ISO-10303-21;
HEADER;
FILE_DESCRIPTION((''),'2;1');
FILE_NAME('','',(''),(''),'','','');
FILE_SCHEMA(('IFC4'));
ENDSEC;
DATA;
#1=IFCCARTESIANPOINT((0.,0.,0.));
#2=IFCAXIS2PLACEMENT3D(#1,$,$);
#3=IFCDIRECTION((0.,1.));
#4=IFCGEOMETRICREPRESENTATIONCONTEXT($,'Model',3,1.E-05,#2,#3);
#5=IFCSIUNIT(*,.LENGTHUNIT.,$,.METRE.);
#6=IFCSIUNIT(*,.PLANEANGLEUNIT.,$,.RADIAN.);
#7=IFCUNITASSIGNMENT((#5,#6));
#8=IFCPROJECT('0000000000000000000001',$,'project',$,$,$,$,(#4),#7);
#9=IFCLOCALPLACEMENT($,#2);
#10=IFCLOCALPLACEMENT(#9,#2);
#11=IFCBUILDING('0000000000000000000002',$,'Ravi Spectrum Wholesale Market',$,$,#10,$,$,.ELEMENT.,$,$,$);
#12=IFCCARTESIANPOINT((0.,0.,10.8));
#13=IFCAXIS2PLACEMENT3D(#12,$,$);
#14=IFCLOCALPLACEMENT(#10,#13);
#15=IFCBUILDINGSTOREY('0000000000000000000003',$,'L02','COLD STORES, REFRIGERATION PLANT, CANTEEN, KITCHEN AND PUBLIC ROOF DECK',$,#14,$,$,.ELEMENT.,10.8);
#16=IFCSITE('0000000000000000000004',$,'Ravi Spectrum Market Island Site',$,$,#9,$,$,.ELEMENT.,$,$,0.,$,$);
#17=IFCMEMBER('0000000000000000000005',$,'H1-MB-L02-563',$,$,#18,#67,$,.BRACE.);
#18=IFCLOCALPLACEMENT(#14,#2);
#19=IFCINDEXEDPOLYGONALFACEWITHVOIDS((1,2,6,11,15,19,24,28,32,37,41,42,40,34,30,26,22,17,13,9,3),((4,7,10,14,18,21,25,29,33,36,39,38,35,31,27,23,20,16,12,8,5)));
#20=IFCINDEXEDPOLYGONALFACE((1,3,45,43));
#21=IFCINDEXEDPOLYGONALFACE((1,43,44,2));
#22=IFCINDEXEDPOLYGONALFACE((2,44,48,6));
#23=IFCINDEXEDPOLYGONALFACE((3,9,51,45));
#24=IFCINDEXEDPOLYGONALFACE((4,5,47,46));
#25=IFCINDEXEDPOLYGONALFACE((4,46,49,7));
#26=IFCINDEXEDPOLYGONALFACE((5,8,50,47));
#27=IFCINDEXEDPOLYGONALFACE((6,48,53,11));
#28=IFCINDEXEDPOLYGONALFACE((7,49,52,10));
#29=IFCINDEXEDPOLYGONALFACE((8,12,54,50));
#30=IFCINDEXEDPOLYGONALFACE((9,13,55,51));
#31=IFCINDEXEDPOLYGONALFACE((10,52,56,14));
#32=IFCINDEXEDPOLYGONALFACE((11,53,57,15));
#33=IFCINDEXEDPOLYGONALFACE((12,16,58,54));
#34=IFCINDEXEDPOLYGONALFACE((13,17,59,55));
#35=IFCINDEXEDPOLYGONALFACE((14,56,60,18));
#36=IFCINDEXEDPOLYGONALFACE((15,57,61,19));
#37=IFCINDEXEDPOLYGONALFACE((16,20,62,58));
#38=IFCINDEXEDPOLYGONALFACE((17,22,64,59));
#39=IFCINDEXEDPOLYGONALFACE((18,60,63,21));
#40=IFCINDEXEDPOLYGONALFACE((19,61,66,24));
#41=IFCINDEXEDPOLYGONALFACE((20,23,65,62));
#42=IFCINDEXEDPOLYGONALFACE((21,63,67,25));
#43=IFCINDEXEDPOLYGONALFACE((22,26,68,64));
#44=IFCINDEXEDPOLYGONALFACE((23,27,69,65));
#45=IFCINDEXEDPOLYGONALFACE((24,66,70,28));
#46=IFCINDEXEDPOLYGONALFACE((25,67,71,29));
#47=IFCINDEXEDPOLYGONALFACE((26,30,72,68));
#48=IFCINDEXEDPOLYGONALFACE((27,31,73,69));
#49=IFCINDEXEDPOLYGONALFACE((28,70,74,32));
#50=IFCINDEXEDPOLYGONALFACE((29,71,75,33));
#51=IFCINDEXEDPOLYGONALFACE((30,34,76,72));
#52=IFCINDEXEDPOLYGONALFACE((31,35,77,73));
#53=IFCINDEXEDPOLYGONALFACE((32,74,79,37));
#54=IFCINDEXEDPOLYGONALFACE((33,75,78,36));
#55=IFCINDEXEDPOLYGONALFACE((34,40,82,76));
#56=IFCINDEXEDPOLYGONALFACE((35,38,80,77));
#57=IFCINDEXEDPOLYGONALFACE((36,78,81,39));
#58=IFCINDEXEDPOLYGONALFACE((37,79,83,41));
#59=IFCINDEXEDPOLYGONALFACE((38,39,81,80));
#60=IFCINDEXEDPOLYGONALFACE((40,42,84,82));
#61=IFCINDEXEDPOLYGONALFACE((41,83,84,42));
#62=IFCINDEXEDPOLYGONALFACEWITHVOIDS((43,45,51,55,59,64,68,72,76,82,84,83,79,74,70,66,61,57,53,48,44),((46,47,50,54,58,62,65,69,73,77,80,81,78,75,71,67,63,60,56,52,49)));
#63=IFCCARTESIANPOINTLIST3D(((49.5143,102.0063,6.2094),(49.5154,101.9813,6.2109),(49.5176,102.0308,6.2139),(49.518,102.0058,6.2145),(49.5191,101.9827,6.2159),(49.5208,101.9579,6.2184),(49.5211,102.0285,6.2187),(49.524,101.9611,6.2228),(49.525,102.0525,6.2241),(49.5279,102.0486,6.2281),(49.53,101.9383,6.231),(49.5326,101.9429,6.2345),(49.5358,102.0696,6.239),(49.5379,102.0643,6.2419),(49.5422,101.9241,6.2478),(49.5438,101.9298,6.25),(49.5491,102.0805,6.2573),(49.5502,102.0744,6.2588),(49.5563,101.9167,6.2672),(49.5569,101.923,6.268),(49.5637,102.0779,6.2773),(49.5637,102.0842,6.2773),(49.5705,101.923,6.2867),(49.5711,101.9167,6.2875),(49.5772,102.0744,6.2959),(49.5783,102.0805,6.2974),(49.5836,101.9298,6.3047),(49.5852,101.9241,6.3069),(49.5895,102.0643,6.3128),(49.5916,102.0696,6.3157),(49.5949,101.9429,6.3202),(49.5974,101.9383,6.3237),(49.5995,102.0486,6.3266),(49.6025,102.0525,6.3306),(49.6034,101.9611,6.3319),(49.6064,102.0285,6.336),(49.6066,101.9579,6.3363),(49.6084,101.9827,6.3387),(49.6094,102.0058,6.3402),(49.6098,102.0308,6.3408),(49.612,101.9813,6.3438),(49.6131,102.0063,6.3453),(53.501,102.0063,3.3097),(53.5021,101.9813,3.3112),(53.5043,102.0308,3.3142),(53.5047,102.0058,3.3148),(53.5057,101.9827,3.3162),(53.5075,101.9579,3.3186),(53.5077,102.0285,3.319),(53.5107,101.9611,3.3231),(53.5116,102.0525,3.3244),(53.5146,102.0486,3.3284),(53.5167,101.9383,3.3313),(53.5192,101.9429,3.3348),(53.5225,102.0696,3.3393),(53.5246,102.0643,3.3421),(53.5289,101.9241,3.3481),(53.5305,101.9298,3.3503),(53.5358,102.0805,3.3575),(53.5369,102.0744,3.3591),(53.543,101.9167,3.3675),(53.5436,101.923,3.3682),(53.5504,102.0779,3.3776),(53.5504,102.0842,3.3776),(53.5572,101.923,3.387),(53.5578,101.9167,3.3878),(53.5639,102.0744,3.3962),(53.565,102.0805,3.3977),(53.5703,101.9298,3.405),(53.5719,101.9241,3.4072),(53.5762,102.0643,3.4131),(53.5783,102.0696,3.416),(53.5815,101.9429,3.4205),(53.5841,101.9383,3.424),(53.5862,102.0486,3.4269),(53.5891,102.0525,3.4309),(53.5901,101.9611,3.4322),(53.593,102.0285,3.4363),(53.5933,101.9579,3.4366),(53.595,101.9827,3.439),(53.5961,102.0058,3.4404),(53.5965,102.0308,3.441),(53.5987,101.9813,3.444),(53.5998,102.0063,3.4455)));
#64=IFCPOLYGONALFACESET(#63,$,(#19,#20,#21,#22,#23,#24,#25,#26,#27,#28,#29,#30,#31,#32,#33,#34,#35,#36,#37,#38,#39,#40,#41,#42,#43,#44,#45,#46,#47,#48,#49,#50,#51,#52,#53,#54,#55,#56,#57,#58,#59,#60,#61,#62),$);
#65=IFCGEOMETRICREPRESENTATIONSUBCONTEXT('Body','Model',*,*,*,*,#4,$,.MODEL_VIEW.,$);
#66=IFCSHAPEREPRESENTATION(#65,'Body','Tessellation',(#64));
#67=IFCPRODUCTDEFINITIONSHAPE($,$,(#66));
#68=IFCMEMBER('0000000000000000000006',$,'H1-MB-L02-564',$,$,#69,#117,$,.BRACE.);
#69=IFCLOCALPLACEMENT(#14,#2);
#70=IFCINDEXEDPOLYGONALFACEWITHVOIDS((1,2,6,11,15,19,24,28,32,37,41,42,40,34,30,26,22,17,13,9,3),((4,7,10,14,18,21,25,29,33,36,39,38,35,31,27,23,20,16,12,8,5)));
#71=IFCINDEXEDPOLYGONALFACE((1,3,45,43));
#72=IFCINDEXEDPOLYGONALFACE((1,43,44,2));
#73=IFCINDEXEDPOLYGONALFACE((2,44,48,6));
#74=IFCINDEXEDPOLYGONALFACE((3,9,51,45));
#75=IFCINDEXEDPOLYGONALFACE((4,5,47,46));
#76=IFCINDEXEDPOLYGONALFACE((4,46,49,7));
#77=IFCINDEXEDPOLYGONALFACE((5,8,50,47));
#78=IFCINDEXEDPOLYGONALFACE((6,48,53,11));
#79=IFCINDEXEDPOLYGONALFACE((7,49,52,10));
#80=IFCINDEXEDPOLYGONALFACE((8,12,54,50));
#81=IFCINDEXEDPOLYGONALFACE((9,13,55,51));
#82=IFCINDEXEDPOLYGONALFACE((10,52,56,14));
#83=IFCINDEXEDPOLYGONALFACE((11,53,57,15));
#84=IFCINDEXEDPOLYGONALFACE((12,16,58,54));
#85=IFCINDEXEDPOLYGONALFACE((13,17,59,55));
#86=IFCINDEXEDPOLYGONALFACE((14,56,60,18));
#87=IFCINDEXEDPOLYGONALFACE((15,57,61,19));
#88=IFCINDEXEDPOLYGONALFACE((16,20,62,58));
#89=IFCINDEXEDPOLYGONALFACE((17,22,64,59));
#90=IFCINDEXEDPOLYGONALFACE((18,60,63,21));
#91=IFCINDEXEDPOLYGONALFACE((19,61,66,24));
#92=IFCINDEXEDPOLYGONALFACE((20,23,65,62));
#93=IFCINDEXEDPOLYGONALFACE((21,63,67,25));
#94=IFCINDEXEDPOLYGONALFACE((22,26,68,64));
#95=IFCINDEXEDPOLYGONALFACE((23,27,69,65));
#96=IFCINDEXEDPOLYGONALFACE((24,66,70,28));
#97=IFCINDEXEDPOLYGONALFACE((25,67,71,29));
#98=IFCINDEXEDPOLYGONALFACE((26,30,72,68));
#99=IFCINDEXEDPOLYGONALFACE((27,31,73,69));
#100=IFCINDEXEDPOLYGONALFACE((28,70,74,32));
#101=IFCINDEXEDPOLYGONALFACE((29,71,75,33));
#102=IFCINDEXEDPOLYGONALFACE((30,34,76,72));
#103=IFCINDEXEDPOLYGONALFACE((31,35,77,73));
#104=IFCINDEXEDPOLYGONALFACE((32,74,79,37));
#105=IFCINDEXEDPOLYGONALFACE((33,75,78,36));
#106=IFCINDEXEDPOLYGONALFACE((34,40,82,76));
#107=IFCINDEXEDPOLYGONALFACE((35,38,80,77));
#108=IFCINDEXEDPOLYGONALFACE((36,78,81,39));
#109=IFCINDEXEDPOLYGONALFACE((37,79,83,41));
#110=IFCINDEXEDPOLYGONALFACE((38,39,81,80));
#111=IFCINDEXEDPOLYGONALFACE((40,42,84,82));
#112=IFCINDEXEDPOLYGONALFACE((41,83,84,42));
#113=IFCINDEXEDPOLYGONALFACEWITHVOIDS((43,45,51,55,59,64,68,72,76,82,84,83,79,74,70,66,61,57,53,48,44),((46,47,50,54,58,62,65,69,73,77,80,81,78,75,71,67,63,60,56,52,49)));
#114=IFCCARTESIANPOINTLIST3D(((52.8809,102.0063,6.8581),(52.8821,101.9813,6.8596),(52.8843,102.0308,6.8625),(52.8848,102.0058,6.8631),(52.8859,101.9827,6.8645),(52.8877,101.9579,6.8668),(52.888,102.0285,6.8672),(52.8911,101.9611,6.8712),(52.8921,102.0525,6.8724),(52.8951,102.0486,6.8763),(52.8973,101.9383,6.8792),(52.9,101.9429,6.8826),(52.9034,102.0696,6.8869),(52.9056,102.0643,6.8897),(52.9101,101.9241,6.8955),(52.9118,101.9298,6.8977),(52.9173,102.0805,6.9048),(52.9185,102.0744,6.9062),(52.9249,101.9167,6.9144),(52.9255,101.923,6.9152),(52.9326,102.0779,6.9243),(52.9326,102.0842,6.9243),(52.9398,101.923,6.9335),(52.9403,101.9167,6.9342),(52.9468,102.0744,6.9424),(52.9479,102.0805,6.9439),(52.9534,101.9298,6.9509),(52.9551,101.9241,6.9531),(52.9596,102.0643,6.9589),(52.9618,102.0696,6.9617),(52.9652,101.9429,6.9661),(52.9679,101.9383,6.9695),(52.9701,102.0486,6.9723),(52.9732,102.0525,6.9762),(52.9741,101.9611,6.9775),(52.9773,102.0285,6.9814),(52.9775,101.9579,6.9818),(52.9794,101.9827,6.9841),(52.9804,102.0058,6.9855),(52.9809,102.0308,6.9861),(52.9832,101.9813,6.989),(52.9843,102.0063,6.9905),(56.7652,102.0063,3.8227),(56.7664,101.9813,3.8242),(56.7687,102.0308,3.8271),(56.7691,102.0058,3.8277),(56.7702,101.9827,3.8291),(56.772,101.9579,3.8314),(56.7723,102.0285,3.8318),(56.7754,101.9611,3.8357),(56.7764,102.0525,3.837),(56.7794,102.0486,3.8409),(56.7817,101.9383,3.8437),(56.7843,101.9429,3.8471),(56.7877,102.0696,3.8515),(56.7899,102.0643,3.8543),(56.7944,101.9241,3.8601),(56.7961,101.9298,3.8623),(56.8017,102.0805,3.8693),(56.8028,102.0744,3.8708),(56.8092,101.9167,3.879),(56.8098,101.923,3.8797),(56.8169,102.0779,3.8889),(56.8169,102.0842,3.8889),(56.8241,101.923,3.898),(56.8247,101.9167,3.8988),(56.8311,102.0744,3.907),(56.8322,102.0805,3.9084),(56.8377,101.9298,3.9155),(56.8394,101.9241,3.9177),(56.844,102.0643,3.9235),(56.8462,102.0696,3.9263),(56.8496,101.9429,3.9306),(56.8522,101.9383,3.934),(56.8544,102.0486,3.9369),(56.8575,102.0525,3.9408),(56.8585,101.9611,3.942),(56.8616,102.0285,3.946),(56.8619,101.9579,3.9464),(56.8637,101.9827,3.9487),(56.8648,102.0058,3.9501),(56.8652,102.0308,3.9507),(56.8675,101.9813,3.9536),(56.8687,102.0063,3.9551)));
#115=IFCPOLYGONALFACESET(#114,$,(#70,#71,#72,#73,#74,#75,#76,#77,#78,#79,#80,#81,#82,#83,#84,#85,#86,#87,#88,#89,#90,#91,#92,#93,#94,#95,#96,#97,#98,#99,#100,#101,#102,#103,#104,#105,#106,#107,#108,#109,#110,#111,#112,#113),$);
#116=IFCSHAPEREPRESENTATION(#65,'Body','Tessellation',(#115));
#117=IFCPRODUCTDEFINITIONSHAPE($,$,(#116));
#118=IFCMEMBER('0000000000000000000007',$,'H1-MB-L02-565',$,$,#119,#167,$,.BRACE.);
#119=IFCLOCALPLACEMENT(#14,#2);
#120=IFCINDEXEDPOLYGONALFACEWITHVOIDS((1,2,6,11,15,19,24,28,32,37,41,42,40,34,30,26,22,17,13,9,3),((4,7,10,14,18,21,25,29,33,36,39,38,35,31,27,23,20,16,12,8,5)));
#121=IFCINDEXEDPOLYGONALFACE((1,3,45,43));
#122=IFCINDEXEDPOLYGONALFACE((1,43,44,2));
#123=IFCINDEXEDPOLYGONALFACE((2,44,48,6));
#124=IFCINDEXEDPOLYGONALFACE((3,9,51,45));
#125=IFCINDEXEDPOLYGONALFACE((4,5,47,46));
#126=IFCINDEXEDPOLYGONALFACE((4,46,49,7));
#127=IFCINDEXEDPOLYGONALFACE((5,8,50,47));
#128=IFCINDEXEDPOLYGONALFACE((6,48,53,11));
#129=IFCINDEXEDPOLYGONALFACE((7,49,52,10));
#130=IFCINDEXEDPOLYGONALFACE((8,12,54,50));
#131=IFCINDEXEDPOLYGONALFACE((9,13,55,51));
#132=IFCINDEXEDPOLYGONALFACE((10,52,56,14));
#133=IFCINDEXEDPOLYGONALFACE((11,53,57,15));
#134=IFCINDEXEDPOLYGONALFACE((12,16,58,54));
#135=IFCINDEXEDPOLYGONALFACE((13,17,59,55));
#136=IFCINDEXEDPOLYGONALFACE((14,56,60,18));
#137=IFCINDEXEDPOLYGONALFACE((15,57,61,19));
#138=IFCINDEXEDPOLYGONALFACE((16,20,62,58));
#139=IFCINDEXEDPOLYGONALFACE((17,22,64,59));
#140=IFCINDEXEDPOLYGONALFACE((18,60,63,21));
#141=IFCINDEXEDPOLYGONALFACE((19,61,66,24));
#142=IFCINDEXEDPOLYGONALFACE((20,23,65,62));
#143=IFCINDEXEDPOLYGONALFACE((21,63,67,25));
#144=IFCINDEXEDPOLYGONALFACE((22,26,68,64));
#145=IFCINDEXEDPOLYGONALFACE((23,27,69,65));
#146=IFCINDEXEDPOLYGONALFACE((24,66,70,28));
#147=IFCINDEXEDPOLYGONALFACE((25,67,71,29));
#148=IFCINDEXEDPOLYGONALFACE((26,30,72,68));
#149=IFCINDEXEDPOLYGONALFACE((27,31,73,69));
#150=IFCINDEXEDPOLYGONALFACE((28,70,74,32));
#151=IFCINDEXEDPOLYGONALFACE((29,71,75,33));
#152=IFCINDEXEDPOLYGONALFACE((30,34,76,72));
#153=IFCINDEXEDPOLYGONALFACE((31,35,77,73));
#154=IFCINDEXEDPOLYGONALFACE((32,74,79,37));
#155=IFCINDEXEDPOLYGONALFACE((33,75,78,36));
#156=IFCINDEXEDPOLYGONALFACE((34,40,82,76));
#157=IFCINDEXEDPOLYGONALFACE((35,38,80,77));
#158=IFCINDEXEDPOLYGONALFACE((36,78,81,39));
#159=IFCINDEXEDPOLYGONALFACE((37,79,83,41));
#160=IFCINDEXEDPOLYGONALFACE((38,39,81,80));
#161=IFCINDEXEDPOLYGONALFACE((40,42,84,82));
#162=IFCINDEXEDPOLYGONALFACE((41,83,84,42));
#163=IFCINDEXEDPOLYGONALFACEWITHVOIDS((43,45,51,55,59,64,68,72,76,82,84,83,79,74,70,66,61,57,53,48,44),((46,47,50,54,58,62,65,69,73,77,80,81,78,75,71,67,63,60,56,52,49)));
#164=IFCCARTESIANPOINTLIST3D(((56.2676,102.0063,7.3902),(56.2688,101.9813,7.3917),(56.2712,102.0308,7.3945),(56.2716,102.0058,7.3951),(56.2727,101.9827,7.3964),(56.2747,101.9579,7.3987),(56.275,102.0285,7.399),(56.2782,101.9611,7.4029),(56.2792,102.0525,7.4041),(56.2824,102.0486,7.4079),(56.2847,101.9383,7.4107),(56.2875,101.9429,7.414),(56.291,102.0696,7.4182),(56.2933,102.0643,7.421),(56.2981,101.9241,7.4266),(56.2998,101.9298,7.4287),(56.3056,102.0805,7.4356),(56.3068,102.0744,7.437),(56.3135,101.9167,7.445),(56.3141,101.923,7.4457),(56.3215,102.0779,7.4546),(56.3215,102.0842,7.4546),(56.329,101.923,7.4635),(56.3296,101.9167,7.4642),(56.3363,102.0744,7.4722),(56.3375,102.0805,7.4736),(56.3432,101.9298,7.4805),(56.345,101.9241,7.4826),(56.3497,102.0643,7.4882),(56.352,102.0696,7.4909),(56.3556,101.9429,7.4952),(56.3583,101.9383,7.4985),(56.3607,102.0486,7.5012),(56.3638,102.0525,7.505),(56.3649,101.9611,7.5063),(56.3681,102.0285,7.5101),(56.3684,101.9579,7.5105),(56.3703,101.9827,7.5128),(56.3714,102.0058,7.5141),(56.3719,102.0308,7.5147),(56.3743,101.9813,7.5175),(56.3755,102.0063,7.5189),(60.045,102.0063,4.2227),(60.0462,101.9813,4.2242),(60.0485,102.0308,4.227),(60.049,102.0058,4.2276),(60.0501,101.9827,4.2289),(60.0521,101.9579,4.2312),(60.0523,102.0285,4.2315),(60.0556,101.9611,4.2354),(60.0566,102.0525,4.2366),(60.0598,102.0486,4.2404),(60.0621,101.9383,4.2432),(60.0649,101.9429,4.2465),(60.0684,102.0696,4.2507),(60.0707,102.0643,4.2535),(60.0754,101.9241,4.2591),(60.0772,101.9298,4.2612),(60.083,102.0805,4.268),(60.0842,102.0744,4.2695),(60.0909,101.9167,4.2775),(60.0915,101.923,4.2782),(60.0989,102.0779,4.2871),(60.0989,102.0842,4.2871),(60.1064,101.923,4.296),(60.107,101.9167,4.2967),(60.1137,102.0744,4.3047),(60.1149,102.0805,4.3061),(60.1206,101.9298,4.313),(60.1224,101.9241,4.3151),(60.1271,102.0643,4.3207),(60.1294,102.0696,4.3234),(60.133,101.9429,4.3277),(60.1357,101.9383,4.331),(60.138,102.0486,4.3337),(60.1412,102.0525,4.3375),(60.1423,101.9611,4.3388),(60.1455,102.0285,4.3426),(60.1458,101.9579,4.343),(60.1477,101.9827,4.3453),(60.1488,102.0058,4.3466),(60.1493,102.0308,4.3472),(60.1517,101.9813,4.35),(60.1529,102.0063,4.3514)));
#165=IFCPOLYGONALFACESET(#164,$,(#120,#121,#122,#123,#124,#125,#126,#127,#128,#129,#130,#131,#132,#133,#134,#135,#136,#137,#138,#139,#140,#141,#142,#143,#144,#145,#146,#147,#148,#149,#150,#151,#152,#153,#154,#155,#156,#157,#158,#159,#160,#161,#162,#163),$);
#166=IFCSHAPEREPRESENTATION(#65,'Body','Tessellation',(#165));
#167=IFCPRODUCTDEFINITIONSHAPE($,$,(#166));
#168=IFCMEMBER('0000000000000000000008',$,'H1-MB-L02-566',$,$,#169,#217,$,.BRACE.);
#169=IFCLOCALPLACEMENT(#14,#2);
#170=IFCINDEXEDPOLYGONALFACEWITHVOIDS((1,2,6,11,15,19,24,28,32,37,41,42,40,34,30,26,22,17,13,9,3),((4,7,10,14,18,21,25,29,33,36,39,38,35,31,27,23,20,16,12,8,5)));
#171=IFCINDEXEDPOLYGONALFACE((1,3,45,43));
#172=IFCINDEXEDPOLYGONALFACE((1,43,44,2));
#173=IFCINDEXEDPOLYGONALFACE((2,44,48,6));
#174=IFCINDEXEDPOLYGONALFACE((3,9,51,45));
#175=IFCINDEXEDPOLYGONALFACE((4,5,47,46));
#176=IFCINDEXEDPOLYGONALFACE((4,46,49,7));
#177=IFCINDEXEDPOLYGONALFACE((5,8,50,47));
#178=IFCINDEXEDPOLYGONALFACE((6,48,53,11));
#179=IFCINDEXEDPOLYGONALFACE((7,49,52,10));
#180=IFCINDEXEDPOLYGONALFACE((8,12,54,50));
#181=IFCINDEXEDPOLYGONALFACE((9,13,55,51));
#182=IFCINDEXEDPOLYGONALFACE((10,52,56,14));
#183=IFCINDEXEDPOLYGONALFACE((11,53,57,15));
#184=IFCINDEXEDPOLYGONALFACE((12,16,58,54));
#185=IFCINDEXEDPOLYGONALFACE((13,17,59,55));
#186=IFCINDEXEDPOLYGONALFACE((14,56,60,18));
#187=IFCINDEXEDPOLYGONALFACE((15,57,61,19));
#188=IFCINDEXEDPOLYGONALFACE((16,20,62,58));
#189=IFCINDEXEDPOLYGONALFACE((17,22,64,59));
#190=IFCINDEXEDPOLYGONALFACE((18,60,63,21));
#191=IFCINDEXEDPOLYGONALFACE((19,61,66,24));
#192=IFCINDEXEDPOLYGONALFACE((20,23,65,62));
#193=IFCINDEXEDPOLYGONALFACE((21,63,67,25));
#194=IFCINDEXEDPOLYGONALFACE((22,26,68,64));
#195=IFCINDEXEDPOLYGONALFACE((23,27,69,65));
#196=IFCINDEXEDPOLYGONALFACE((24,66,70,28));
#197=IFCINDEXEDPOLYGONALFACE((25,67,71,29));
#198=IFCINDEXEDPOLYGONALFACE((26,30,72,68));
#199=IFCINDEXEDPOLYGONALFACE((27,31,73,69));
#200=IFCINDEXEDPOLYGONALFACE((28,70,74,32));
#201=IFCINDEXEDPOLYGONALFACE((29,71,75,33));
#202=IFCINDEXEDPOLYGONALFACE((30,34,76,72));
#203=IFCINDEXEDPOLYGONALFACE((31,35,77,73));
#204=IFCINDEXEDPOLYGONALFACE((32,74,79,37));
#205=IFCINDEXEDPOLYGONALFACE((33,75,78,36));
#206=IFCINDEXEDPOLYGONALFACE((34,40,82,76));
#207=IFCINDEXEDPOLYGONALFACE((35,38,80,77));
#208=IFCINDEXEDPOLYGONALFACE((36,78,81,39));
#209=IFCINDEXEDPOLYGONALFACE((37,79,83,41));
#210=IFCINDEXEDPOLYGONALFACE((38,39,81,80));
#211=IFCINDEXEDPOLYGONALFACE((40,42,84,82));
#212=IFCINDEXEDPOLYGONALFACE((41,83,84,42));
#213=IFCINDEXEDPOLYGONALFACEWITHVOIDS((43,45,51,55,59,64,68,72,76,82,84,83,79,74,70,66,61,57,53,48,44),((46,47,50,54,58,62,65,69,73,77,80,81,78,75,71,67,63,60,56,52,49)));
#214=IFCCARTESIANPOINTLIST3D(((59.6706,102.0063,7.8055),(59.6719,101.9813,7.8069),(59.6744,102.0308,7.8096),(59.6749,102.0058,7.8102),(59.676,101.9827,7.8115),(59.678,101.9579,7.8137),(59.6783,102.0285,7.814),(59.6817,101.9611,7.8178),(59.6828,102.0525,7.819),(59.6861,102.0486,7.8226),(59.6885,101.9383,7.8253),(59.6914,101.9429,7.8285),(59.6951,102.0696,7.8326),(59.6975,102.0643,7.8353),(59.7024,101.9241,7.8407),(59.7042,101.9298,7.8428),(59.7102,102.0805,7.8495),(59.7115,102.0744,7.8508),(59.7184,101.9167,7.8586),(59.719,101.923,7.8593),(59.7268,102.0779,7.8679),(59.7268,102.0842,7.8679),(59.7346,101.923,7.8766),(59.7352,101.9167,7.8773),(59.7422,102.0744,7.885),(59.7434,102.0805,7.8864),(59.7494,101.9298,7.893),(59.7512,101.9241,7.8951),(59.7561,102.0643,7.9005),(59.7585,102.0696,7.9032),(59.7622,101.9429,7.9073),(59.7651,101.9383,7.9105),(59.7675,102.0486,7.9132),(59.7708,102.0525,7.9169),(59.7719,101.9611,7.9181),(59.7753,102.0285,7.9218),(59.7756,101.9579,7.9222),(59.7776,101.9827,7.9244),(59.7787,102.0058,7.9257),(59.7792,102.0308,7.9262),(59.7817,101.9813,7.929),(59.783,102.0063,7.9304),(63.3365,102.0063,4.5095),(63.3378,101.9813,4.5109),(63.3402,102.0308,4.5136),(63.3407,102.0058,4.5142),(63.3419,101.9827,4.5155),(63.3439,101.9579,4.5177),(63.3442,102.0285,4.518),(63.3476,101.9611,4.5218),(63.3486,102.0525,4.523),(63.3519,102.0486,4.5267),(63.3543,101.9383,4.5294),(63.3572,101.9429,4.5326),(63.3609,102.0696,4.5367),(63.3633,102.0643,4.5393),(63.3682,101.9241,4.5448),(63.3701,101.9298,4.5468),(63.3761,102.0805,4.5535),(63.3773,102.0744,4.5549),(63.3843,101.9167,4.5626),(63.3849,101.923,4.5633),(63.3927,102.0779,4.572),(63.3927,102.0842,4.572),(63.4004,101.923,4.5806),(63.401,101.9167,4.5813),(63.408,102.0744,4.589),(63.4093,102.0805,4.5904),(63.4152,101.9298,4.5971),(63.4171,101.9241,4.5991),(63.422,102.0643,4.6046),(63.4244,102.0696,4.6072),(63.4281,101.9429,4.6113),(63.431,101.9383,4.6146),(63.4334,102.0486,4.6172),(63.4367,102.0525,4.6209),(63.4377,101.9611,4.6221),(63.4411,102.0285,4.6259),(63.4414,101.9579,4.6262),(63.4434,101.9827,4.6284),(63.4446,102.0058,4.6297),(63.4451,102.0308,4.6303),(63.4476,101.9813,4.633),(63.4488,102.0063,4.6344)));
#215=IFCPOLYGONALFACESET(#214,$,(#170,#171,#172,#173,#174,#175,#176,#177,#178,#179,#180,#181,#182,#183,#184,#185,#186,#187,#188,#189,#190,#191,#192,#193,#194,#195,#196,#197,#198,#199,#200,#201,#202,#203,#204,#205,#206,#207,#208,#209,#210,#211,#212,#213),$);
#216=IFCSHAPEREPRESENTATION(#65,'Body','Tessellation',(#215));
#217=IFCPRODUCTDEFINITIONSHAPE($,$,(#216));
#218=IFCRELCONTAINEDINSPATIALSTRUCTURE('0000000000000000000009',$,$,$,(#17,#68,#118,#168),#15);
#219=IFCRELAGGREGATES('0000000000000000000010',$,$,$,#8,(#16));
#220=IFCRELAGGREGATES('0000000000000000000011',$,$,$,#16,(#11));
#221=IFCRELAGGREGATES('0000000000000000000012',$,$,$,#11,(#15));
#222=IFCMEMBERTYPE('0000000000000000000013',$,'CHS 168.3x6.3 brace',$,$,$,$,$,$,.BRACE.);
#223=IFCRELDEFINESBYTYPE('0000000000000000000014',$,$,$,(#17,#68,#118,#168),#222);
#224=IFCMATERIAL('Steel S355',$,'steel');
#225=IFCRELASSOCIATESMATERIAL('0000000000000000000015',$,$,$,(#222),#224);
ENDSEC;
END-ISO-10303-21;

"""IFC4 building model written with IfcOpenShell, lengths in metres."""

from ifc_helpers import new_model, si_unit, direction, frame, origin, origin_2d, place, context, subcontext, project, spatial, hollow_circle, extrude, material, material_profile, profile_set, type_object, element, save


model = new_model("IFC4")

# Units and contexts
model_context = context("Model", 3, precision=1e-05, world=origin(), true_north=direction((0.0, 1.0)))
body_context = subcontext(model_context, "Body", "Model", "MODEL_VIEW")
ifc_project = project(units=[si_unit("LENGTHUNIT", "METRE"), si_unit("PLANEANGLEUNIT", "RADIAN")], contexts=[model_context])

# Site, building, storey
site_placement = place(None, origin())
site = spatial("IfcSite", under=ifc_project, at=site_placement, Name="Ravi Spectrum Market Island Site", CompositionType="ELEMENT", RefElevation=0.0)
building_placement = place(site_placement, origin())
building = spatial("IfcBuilding", under=site, at=building_placement, Name="Ravi Spectrum Wholesale Market", CompositionType="ELEMENT")
storey_placement = place(building_placement, frame((0.0, 0.0, 10.8)))
storey = spatial("IfcBuildingStorey", under=building, at=storey_placement, Name="L02", Description="COLD STORES, REFRIGERATION PLANT, CANTEEN, KITCHEN AND PUBLIC ROOF DECK", CompositionType="ELEMENT", Elevation=10.8)

# Members
ifc_material_1 = material(Name="Steel S355", Category="steel")
ifc_material_profile_1 = material_profile(ifc_material_1, hollow_circle(Radius=0.0842, WallThickness=0.0063, at=origin_2d()))
ifc_profile_set_1 = profile_set([ifc_material_profile_1], Name="Steel S355")
member_type_1 = type_object("IfcMemberType", Name="CHS 168.3x6.3 brace", PredefinedType="BRACE", material=ifc_profile_set_1)
for number, where, z_axis, x_axis, name in (
    (1, (49.5637, 102.0, 6.2773), (0.808704, 0.0, -0.588216), (0.0, 1.0, 0.0), "H1-MB-L02-563"),
    (2, (52.9326, 102.0, 6.9243), (0.787945, 0.0, -0.615746), (0.0, 1.0, 0.0), "H1-MB-L02-564"),
    (3, (56.3215, 102.0, 7.4546), (0.766253, 0.0, -0.642539), (0.0, 1.0, 0.0), "H1-MB-L02-565"),
    (4, (59.7268, 102.0, 7.8679), (0.743627, 0.0, -0.668595), (0.0, 1.0, 0.0), "H1-MB-L02-566"),
):
    element("IfcMember", number, at=place(storey_placement, frame(where, z_axis=z_axis, x_axis=x_axis)), inside=storey, type_object=member_type_1, Name=name, PredefinedType="BRACE", context=body_context, shape_type="SweptSolid", body=[
        extrude(hollow_circle(Radius=0.0842, WallThickness=0.0063, at=origin_2d()), origin(), (0.0, 0.0, 1.0), 4.9297),
    ])

save(model, "model.ifc")
